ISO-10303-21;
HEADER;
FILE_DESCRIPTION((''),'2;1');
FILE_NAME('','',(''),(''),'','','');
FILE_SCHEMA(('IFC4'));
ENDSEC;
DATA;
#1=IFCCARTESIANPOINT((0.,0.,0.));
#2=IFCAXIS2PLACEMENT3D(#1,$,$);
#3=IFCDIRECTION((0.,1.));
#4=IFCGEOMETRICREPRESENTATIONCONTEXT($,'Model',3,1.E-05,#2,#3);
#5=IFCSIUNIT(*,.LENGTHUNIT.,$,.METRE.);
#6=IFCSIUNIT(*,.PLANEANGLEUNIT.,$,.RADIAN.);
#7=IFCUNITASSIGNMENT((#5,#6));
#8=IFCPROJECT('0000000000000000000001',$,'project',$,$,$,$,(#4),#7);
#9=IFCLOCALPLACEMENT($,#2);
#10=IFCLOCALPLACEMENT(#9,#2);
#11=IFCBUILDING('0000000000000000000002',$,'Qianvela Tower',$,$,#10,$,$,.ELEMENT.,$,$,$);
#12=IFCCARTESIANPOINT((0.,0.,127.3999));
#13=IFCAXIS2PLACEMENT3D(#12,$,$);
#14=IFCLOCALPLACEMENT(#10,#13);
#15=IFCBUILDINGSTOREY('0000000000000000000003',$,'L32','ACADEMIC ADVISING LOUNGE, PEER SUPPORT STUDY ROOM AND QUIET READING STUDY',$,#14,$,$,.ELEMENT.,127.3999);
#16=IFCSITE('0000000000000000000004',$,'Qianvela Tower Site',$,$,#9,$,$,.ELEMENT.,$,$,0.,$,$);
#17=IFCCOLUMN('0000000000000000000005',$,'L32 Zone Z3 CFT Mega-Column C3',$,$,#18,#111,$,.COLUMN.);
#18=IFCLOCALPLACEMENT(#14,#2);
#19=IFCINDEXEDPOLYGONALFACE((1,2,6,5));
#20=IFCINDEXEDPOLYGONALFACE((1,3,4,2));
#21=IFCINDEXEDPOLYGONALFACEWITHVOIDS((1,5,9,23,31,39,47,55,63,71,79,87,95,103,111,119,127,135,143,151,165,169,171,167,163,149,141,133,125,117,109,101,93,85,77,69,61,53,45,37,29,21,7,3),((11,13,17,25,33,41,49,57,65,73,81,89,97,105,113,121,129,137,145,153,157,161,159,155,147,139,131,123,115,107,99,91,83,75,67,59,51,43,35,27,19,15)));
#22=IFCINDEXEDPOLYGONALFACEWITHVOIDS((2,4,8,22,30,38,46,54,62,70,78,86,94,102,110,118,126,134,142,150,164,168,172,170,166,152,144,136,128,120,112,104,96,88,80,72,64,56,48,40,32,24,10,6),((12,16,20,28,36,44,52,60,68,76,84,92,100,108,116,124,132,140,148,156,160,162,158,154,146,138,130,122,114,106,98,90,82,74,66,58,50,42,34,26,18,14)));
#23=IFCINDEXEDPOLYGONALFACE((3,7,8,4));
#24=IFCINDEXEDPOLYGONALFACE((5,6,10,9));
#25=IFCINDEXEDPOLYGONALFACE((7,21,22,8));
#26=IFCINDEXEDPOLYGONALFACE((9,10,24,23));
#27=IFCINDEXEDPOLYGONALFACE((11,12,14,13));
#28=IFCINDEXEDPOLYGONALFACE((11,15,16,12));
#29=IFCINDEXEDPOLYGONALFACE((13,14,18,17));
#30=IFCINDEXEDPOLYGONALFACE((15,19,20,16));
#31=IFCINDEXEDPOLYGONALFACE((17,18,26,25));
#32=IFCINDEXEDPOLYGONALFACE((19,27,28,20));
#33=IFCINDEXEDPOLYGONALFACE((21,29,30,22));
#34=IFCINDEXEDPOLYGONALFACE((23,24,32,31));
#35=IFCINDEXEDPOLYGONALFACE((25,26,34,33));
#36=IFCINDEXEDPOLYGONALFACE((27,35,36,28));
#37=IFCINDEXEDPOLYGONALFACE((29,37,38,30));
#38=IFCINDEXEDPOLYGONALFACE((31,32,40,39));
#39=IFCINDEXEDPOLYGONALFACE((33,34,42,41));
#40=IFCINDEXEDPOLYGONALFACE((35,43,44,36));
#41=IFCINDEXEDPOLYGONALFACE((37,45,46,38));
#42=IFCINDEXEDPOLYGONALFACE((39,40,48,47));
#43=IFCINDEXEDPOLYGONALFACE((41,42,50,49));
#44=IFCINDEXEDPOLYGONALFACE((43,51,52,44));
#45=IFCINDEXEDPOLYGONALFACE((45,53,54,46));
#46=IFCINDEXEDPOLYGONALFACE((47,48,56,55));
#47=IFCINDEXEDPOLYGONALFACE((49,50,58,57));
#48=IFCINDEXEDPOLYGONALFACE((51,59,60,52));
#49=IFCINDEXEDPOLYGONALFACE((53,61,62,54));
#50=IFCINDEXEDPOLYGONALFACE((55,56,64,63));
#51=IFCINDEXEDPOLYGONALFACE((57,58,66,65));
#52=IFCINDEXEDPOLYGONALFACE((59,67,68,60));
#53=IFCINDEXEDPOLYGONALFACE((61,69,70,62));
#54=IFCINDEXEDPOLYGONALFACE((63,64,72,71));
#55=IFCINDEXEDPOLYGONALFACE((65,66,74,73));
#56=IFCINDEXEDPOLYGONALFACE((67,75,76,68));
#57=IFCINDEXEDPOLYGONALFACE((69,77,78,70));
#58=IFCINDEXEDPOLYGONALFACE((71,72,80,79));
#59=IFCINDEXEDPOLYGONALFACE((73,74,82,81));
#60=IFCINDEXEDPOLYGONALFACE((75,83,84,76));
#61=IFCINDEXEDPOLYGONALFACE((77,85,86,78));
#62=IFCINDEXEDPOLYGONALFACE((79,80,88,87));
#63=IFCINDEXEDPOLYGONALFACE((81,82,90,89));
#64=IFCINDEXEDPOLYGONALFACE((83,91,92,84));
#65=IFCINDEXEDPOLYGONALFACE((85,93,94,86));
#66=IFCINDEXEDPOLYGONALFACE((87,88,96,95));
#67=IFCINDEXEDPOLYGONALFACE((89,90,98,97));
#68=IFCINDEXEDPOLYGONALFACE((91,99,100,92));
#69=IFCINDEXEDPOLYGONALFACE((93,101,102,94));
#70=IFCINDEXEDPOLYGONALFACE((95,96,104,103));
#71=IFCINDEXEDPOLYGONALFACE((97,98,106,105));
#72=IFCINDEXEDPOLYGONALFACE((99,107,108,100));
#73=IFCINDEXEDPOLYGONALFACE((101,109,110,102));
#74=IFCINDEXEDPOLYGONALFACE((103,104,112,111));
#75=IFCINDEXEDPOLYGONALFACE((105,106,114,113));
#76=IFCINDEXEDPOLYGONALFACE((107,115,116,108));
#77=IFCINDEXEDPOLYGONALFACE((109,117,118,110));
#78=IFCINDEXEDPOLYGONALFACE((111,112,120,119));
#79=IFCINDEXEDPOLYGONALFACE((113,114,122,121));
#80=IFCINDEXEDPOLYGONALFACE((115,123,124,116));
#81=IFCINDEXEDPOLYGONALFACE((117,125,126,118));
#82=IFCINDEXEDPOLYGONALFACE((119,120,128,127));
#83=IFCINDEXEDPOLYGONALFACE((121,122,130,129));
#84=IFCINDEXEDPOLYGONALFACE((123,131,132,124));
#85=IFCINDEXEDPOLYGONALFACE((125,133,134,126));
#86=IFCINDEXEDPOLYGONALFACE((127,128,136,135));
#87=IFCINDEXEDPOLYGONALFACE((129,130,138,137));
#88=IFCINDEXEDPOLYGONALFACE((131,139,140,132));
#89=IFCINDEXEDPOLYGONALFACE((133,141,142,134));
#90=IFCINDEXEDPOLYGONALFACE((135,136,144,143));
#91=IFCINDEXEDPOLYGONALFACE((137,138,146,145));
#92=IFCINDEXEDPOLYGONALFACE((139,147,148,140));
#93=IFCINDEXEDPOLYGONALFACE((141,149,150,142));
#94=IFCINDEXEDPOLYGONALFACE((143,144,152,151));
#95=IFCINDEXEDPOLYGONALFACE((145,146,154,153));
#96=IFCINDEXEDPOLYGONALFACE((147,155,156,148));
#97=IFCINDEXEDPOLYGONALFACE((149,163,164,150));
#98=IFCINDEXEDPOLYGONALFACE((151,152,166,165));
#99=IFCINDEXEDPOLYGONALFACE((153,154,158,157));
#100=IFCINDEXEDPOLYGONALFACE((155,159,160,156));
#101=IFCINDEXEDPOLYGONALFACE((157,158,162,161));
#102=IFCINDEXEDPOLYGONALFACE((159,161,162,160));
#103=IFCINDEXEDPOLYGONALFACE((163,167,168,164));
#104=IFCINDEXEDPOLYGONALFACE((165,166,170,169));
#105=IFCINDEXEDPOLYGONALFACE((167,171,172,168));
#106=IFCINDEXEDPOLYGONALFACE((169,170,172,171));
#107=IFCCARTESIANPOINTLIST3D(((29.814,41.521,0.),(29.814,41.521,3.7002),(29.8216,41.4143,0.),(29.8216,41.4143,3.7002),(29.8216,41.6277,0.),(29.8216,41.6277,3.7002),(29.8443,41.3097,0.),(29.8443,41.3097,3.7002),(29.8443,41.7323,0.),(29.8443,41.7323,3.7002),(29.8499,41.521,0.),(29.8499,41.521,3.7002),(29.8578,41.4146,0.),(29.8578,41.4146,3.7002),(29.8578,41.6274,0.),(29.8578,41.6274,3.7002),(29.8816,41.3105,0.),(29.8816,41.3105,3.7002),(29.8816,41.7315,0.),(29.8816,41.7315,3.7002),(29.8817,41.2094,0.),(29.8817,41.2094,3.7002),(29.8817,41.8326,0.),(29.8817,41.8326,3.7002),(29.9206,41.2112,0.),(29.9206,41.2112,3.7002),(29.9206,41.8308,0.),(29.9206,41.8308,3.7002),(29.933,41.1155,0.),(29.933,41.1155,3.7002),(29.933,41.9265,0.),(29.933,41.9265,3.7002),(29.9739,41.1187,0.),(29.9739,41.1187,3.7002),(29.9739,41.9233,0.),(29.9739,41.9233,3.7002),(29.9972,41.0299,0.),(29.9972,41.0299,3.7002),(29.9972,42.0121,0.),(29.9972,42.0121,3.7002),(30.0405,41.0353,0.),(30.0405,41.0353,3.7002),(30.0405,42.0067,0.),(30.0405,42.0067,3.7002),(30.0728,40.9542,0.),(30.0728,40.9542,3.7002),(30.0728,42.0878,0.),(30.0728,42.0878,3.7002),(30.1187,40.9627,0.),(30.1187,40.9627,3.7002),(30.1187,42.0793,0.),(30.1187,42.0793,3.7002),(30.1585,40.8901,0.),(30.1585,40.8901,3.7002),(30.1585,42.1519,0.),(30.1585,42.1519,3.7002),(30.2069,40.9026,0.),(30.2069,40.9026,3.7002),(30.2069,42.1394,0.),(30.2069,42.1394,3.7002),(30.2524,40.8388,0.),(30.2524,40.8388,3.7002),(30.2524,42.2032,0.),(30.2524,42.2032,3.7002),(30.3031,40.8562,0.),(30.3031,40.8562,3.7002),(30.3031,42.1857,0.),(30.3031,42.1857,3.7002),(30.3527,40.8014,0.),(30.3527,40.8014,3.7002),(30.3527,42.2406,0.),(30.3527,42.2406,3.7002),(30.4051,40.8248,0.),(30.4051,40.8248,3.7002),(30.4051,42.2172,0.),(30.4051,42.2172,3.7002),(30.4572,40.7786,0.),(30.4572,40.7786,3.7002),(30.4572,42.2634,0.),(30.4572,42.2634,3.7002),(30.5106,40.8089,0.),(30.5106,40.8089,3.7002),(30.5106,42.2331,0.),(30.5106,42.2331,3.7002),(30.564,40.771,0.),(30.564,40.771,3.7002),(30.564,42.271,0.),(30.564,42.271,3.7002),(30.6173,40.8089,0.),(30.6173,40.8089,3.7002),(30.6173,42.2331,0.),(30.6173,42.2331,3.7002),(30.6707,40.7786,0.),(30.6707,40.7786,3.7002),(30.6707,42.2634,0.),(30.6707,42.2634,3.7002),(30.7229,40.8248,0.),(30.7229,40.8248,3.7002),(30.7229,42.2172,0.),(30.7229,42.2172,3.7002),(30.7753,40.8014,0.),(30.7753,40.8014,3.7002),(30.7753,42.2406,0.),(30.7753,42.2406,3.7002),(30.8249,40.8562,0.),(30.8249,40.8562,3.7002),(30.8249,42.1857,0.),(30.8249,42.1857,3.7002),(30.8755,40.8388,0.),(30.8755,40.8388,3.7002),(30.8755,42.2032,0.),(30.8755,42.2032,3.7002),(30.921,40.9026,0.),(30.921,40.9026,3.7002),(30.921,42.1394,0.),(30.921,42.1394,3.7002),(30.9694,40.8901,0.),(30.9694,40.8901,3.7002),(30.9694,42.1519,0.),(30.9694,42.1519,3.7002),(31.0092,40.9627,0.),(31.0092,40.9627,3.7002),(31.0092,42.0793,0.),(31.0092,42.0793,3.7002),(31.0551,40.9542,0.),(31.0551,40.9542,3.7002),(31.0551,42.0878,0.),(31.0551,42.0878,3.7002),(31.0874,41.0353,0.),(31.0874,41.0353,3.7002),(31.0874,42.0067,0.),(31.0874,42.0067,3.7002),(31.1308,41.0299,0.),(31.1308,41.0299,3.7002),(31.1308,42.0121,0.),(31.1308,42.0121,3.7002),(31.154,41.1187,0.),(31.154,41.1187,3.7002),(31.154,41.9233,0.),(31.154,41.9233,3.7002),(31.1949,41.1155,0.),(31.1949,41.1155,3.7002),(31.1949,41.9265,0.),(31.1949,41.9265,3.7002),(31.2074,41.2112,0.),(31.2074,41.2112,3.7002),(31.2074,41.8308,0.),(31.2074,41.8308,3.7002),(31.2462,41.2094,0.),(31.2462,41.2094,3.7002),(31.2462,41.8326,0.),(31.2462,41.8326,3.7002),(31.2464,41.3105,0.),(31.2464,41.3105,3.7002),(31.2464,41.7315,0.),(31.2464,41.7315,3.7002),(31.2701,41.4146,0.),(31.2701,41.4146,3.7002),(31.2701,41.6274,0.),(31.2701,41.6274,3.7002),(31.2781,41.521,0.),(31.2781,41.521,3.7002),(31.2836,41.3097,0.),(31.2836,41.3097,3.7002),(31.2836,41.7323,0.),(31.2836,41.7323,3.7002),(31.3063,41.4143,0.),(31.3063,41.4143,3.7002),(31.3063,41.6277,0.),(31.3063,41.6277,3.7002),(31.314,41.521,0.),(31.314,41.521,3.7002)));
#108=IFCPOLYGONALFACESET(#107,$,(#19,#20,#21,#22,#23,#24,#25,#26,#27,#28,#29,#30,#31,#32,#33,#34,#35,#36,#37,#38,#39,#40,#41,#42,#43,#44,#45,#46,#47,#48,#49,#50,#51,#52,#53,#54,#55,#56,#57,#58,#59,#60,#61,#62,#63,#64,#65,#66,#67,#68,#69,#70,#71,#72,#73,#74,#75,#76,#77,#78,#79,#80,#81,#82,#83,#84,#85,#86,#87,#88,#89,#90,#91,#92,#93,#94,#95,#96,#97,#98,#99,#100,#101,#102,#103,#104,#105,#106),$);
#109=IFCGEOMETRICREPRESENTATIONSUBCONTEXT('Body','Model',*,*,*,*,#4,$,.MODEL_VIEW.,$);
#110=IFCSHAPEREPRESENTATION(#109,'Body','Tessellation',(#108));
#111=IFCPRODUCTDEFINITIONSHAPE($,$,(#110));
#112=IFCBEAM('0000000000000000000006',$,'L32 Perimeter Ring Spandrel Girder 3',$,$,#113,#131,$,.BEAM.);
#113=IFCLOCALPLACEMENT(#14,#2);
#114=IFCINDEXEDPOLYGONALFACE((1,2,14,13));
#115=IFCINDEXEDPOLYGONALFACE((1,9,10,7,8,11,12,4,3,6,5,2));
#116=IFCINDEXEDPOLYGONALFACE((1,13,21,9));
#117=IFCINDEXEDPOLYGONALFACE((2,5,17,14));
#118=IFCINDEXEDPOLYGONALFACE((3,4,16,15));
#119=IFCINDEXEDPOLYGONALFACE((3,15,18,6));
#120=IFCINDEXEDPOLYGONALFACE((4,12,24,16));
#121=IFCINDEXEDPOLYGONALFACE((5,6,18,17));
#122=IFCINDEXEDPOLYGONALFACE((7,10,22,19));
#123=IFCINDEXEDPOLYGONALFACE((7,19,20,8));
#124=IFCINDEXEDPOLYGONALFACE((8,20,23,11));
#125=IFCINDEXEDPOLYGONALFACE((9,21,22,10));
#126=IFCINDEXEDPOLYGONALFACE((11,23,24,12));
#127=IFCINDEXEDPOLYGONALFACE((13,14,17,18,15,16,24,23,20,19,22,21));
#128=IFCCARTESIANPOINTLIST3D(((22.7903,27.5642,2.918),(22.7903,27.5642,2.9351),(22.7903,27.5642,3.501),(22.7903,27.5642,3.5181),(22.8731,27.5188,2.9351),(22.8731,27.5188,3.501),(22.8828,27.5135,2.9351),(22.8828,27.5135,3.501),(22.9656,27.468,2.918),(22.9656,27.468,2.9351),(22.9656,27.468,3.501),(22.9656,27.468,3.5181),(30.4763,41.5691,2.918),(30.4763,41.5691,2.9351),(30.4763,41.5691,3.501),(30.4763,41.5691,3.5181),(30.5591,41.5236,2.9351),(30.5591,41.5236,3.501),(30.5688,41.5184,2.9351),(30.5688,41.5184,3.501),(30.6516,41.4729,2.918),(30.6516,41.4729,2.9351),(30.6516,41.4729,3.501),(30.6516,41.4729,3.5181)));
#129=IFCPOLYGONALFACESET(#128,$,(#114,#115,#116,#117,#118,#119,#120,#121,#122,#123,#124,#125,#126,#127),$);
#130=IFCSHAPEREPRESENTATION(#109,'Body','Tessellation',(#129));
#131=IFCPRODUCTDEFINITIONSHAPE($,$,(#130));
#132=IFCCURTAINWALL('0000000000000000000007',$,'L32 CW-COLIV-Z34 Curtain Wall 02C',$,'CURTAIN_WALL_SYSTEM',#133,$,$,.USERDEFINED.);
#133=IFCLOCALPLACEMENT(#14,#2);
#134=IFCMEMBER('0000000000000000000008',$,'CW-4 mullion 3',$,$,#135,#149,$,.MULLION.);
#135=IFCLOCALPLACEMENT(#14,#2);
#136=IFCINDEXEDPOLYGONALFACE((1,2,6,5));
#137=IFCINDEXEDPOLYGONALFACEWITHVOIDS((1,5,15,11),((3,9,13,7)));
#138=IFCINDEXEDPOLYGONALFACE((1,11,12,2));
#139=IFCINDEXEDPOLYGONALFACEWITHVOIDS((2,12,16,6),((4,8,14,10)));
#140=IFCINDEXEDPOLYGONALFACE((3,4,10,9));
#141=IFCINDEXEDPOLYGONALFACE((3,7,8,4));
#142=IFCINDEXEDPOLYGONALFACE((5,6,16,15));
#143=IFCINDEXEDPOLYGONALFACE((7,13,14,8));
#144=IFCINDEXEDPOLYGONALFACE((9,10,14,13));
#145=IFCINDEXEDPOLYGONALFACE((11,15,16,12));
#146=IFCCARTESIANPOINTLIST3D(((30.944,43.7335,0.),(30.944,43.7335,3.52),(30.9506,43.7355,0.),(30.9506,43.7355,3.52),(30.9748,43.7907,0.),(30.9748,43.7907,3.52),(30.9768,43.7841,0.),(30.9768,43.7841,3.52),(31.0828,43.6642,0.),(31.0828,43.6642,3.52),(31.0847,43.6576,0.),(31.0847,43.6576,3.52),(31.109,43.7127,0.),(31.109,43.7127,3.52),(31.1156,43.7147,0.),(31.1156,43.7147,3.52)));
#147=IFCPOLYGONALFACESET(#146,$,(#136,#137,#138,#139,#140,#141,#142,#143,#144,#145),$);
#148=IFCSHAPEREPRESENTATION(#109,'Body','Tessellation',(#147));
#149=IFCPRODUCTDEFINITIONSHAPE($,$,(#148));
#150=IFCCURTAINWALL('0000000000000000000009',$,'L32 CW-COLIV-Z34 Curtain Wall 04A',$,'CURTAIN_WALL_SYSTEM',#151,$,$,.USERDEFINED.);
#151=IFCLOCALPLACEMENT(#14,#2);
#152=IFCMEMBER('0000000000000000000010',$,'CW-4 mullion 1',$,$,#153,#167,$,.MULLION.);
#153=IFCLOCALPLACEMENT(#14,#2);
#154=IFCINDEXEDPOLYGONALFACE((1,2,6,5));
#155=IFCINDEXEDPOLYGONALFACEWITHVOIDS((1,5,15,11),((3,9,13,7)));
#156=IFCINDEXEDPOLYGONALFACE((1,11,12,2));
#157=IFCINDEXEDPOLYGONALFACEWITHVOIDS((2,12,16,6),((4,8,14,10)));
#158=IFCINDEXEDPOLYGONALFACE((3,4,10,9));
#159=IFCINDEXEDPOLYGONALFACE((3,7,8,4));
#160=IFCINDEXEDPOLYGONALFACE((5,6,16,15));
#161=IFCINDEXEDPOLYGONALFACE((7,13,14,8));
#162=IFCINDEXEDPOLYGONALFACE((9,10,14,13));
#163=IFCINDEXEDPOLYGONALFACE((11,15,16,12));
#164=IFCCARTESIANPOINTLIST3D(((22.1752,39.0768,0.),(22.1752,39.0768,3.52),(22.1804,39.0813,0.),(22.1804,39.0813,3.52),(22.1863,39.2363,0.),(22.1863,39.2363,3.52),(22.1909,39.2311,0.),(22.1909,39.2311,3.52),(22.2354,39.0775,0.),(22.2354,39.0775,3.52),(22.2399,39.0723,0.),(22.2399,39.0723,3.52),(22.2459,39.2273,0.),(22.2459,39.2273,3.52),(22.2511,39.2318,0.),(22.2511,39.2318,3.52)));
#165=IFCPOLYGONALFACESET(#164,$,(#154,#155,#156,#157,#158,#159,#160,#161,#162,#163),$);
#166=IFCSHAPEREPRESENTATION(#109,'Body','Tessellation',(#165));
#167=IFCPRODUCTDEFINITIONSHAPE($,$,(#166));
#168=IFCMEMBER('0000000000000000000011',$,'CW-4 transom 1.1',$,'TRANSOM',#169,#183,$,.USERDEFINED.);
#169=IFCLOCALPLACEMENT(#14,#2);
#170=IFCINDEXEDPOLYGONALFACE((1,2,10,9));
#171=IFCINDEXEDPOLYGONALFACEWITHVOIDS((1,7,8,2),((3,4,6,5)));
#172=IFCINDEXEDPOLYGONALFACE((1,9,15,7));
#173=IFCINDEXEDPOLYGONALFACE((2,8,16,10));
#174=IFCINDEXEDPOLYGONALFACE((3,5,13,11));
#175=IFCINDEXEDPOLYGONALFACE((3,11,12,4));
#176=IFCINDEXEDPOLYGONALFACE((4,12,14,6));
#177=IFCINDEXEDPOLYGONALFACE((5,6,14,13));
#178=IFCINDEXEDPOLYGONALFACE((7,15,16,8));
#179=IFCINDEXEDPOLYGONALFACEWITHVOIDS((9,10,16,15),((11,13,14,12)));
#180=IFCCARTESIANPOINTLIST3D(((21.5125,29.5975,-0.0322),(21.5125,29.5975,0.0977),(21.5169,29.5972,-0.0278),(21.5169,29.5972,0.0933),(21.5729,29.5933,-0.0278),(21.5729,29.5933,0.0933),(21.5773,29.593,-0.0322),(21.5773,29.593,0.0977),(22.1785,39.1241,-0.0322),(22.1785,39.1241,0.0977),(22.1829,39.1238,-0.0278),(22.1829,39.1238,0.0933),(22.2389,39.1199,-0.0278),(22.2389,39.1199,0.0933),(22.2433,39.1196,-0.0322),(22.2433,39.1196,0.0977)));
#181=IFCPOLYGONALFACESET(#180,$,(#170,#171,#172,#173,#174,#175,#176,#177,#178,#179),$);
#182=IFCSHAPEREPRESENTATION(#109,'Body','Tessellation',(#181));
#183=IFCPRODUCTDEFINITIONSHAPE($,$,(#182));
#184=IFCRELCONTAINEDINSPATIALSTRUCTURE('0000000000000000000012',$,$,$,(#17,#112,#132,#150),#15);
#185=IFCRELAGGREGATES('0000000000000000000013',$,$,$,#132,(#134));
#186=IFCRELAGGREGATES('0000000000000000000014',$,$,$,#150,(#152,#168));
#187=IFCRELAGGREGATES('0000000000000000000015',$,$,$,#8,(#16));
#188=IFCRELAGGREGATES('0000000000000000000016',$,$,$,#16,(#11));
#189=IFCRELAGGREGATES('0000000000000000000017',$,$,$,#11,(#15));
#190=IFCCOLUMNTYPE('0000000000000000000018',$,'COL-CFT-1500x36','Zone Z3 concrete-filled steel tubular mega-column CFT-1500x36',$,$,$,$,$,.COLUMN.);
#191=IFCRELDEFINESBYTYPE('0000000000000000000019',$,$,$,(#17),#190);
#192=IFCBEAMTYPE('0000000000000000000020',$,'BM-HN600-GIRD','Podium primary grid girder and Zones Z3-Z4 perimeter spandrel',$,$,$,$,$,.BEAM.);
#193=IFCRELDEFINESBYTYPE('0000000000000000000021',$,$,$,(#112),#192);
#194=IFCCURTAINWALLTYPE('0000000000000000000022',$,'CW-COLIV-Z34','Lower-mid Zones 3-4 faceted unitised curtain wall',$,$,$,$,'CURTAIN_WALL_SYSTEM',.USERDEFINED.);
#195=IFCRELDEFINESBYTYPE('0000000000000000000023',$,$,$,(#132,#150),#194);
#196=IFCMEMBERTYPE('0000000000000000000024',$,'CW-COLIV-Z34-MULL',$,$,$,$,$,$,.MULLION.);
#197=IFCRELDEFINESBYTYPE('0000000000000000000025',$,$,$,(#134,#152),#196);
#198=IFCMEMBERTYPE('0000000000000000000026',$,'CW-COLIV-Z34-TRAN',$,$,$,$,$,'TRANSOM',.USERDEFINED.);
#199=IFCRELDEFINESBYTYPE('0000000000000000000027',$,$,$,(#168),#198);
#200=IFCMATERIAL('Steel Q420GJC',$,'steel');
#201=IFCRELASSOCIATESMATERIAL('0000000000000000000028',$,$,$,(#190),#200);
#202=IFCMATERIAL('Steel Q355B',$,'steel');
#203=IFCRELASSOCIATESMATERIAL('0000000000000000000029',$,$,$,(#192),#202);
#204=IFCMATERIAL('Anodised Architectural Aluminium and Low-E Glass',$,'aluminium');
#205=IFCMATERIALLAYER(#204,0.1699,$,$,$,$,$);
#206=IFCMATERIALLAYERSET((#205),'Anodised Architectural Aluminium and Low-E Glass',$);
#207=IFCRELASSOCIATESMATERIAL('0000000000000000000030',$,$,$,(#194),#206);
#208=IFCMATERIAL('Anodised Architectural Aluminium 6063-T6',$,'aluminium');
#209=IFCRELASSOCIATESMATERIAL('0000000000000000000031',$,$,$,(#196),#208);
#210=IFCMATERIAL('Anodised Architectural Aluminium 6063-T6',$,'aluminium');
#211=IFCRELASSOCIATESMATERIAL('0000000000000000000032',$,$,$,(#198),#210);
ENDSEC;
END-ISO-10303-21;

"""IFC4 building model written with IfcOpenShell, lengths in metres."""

from ifc_helpers import new_model, si_unit, direction, frame, origin, origin_2d, place, context, subcontext, project, spatial, hollow_rectangle, hollow_circle, i_section, extrude, material, layer, layer_set, material_profile, profile_set, type_object, element, aggregate, save


model = new_model("IFC4")

# Units and contexts
model_context = context("Model", 3, precision=1e-05, world=origin(), true_north=direction((0.0, 1.0)))
body_context = subcontext(model_context, "Body", "Model", "MODEL_VIEW")
ifc_project = project(units=[si_unit("LENGTHUNIT", "METRE"), si_unit("PLANEANGLEUNIT", "RADIAN")], contexts=[model_context])

# Site, building, storey
site_placement = place(None, origin())
site = spatial("IfcSite", under=ifc_project, at=site_placement, Name="Qianvela Tower Site", CompositionType="ELEMENT", RefElevation=0.0)
building_placement = place(site_placement, origin())
building = spatial("IfcBuilding", under=site, at=building_placement, Name="Qianvela Tower", CompositionType="ELEMENT")
storey_placement = place(building_placement, frame((0.0, 0.0, 127.3999)))
storey = spatial("IfcBuildingStorey", under=building, at=storey_placement, Name="L32", Description="ACADEMIC ADVISING LOUNGE, PEER SUPPORT STUDY ROOM AND QUIET READING STUDY", CompositionType="ELEMENT", Elevation=127.3999)

# Column
ifc_material_1 = material(Name="Steel Q420GJC", Category="steel")
ifc_material_profile_1 = material_profile(ifc_material_1, hollow_circle(Radius=0.75, WallThickness=0.0359, at=origin_2d()), Name="CFT-1500x36")
ifc_profile_set_1 = profile_set([ifc_material_profile_1], Name="Steel Q420GJC")
column_type = type_object("IfcColumnType", Name="COL-CFT-1500x36", Description="Zone Z3 concrete-filled steel tubular mega-column CFT-1500x36", PredefinedType="COLUMN", material=ifc_profile_set_1)
column_placement = place(storey_placement, frame((30.564, 41.521, 0.0), z_axis=(0.0, 0.0, 1.0), x_axis=(1.0, 0.0, 0.0)))
element("IfcColumn", 1, at=column_placement, inside=storey, type_object=column_type, Name="L32 Zone Z3 CFT Mega-Column C3", PredefinedType="COLUMN", context=body_context, shape_type="SweptSolid", body=[
    extrude(hollow_circle(Radius=0.75, WallThickness=0.0359, at=origin_2d()), origin(), (0.0, 0.0, 1.0), 3.7002),
])

# Beam
ifc_material_2 = material(Name="Steel Q355B", Category="steel")
ifc_material_profile_2 = material_profile(ifc_material_2, i_section(OverallWidth=0.2, OverallDepth=0.6001, WebThickness=0.011, FlangeThickness=0.0171, at=origin_2d()), Name="HN600x200x11x17")
ifc_profile_set_2 = profile_set([ifc_material_profile_2], Name="Steel Q355B")
beam_type = type_object("IfcBeamType", Name="BM-HN600-GIRD", Description="Podium primary grid girder and Zones Z3-Z4 perimeter spandrel", PredefinedType="BEAM", material=ifc_profile_set_2)
beam_placement = place(storey_placement, frame((30.564, 41.521, 3.218), z_axis=(-0.481118, -0.876656, 0.0), x_axis=(0.876656, -0.481118, 0.0)))
element("IfcBeam", 2, at=beam_placement, inside=storey, type_object=beam_type, Name="L32 Perimeter Ring Spandrel Girder 3", PredefinedType="BEAM", context=body_context, shape_type="SweptSolid", body=[
    extrude(i_section(OverallWidth=0.2, OverallDepth=0.6001, WebThickness=0.011, FlangeThickness=0.0171, at=origin_2d()), origin(), (0.0, 0.0, 1.0), 15.9753),
])

# Curtain wall, member
ifc_material_3 = material(Name="Anodised Architectural Aluminium and Low-E Glass", Category="aluminium")
ifc_layer_1 = layer(ifc_material_3, 0.1699)
ifc_layer_set_1 = layer_set([ifc_layer_1], Name="Anodised Architectural Aluminium and Low-E Glass")
curtain_wall_type = type_object("IfcCurtainWallType", Name="CW-COLIV-Z34", Description="Lower-mid Zones 3-4 faceted unitised curtain wall", ElementType="CURTAIN_WALL_SYSTEM", PredefinedType="USERDEFINED", material=ifc_layer_set_1)
curtain_wall_1_placement = place(storey_placement, origin())
curtain_wall_1 = element("IfcCurtainWall", 3, at=curtain_wall_1_placement, inside=storey, type_object=curtain_wall_type, Name="L32 CW-COLIV-Z34 Curtain Wall 02C", ObjectType="CURTAIN_WALL_SYSTEM", PredefinedType="USERDEFINED")
ifc_material_4 = material(Name="Anodised Architectural Aluminium 6063-T6", Category="aluminium")
ifc_material_profile_3 = material_profile(ifc_material_4, hollow_rectangle(XDim=0.0649, YDim=0.1599, WallThickness=0.0049, at=origin_2d()), Name="ALU-MULL-65x160")
ifc_profile_set_3 = profile_set([ifc_material_profile_3], Name="Anodised Architectural Aluminium 6063-T6")
member_type_1 = type_object("IfcMemberType", Name="CW-COLIV-Z34-MULL", PredefinedType="MULLION", material=ifc_profile_set_3)
member_1_placement = place(storey_placement, frame((31.0298, 43.7241, 0.0), z_axis=(0.0, 0.0, 1.0), x_axis=(-0.474906, -0.880037, 0.0)))
member_1 = element("IfcMember", 4, at=member_1_placement, type_object=member_type_1, Name="CW-4 mullion 3", PredefinedType="MULLION", context=body_context, shape_type="SweptSolid", body=[
    extrude(hollow_rectangle(XDim=0.0649, YDim=0.1599, WallThickness=0.0049, at=origin_2d()), origin(), (0.0, 0.0, 1.0), 3.52),
])
aggregate(curtain_wall_1, [member_1])

# Curtain wall, members
curtain_wall_2_placement = place(storey_placement, origin())
curtain_wall_2 = element("IfcCurtainWall", 5, at=curtain_wall_2_placement, inside=storey, type_object=curtain_wall_type, Name="L32 CW-COLIV-Z34 Curtain Wall 04A", ObjectType="CURTAIN_WALL_SYSTEM", PredefinedType="USERDEFINED")
member_2_placement = place(storey_placement, frame((22.2131, 39.1543, 0.0), z_axis=(0.0, 0.0, 1.0), x_axis=(0.997564, -0.069752, 0.0)))
member_2 = element("IfcMember", 6, at=member_2_placement, type_object=member_type_1, Name="CW-4 mullion 1", PredefinedType="MULLION", context=body_context, shape_type="SweptSolid", body=[
    extrude(hollow_rectangle(XDim=0.0649, YDim=0.1599, WallThickness=0.0049, at=origin_2d()), origin(), (0.0, 0.0, 1.0), 3.52),
])
ifc_material_5 = material(Name="Anodised Architectural Aluminium 6063-T6", Category="aluminium")
ifc_material_profile_4 = material_profile(ifc_material_5, hollow_rectangle(XDim=0.0649, YDim=0.1299, WallThickness=0.0044, at=origin_2d()), Name="ALU-TRAN-65x130")
ifc_profile_set_4 = profile_set([ifc_material_profile_4], Name="Anodised Architectural Aluminium 6063-T6")
member_type_2 = type_object("IfcMemberType", Name="CW-COLIV-Z34-TRAN", ElementType="TRANSOM", PredefinedType="USERDEFINED", material=ifc_profile_set_4)
member_3_placement = place(storey_placement, frame((22.2109, 39.1218, 0.0327), z_axis=(-0.069741, -0.997565, 0.0), x_axis=(0.997565, -0.069741, 0.0)))
member_3 = element("IfcMember", 7, at=member_3_placement, type_object=member_type_2, Name="CW-4 transom 1.1", ObjectType="TRANSOM", PredefinedType="USERDEFINED", context=body_context, shape_type="SweptSolid", body=[
    extrude(hollow_rectangle(XDim=0.0649, YDim=0.1299, WallThickness=0.0044, at=origin_2d()), origin(), (0.0, 0.0, 1.0), 9.5498),
])
aggregate(curtain_wall_2, [member_2, member_3])

save(model, "model.ifc")
